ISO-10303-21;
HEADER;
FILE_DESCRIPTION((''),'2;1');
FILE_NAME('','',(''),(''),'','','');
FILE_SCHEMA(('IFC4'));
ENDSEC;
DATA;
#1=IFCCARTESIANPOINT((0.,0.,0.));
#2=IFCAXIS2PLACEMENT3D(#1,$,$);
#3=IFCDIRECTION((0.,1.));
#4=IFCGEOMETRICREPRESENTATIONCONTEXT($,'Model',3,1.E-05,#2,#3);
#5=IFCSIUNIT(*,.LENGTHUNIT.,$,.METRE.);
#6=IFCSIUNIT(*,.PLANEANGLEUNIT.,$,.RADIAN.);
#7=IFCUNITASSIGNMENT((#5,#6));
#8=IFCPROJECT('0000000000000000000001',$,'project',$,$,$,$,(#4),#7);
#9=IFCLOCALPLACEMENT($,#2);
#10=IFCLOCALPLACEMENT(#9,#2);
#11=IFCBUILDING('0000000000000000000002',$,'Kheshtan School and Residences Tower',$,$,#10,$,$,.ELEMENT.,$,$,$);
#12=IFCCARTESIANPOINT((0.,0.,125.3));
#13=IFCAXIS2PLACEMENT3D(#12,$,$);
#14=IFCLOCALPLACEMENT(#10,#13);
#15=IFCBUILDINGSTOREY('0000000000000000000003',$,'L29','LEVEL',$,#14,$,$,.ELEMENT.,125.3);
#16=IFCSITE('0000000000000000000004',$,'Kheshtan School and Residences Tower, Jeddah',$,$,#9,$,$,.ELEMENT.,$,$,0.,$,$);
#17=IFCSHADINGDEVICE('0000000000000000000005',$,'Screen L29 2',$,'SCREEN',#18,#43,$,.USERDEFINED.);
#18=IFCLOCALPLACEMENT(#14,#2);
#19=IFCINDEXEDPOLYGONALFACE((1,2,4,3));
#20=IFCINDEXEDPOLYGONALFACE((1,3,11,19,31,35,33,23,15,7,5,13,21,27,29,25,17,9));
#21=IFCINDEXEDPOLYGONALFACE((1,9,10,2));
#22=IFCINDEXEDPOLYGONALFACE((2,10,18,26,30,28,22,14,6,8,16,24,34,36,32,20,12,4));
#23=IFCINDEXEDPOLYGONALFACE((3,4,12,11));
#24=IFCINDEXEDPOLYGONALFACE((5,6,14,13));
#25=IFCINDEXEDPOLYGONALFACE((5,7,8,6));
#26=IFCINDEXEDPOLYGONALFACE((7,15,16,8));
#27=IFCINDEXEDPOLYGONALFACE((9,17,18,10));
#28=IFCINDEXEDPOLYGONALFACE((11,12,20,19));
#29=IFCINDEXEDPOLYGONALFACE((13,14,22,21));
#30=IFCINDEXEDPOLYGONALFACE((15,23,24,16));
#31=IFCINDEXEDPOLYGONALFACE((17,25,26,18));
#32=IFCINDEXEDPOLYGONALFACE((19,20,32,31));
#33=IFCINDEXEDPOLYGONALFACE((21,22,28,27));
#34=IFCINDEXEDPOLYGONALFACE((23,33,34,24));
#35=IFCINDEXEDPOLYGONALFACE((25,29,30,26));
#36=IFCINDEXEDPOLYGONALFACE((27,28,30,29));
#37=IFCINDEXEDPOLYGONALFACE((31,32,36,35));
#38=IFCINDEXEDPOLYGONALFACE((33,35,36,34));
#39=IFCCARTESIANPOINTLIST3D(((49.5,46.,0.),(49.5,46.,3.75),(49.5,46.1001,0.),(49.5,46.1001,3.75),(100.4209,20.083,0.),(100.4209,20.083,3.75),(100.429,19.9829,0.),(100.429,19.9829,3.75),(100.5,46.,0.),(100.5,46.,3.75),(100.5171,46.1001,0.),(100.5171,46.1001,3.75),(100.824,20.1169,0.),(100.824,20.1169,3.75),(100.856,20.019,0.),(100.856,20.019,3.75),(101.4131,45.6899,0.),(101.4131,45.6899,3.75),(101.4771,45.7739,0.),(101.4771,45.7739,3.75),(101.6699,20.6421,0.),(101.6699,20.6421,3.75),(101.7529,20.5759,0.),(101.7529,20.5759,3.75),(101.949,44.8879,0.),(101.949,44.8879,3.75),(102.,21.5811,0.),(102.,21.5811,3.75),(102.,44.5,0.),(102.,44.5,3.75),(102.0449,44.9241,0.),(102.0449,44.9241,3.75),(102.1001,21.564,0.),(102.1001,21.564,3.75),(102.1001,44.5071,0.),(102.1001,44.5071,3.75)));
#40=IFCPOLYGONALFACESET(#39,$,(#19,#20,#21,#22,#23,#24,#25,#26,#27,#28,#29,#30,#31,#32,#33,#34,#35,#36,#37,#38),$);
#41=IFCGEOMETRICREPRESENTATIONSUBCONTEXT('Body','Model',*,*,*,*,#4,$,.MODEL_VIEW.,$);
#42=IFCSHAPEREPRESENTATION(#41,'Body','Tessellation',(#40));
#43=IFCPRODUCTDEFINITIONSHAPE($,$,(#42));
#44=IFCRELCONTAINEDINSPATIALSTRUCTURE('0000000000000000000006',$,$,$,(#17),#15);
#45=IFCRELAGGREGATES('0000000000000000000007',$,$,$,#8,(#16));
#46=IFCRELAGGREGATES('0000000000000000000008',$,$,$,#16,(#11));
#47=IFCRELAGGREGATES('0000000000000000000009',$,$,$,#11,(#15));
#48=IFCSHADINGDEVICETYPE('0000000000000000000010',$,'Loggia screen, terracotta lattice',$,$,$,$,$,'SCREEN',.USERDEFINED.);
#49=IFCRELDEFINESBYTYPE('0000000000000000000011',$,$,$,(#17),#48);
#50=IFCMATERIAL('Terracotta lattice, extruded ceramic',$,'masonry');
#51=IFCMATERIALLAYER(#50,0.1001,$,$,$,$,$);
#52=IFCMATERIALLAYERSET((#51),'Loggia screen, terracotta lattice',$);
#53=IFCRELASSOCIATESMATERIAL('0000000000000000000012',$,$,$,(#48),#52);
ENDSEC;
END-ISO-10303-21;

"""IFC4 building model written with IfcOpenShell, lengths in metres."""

from ifc_helpers import new_model, si_unit, direction, frame, origin, place, context, subcontext, project, spatial, polyline, outline, extrude, material, layer, layer_set, type_object, element, save


model = new_model("IFC4")

# Units and contexts
model_context = context("Model", 3, precision=1e-05, world=origin(), true_north=direction((0.0, 1.0)))
body_context = subcontext(model_context, "Body", "Model", "MODEL_VIEW")
ifc_project = project(units=[si_unit("LENGTHUNIT", "METRE"), si_unit("PLANEANGLEUNIT", "RADIAN")], contexts=[model_context])

# Site, building, storey
site_placement = place(None, origin())
site = spatial("IfcSite", under=ifc_project, at=site_placement, Name="Kheshtan School and Residences Tower, Jeddah", CompositionType="ELEMENT", RefElevation=0.0)
building_placement = place(site_placement, origin())
building = spatial("IfcBuilding", under=site, at=building_placement, Name="Kheshtan School and Residences Tower", CompositionType="ELEMENT")
storey_placement = place(building_placement, frame((0.0, 0.0, 125.3)))
storey = spatial("IfcBuildingStorey", under=building, at=storey_placement, Name="L29", Description="LEVEL", CompositionType="ELEMENT", Elevation=125.3)

# Shading device
ifc_material_1 = material(Name="Terracotta lattice, extruded ceramic", Category="masonry")
ifc_layer_1 = layer(ifc_material_1, 0.1001)
ifc_layer_set_1 = layer_set([ifc_layer_1], Name="Loggia screen, terracotta lattice")
shading_device_type_1 = type_object("IfcShadingDeviceType", Name="Loggia screen, terracotta lattice", ElementType="SCREEN", PredefinedType="USERDEFINED", material=ifc_layer_set_1)
shading_device_1_placement = place(storey_placement, origin())
element("IfcShadingDevice", 1, at=shading_device_1_placement, inside=storey, type_object=shading_device_type_1, Name="Screen L29 2", ObjectType="SCREEN", PredefinedType="USERDEFINED", context=body_context, shape_type="SweptSolid", body=[
    extrude(outline(polyline([(49.5, 46.0), (100.5, 46.0), (101.4131, 45.6899), (101.949, 44.8879), (102.0, 44.5), (102.0, 21.5811), (101.6699, 20.6421), (100.824, 20.1169), (100.4209, 20.083), (100.429, 19.9829), (100.856, 20.019), (101.7529, 20.5759), (102.1001, 21.564), (102.1001, 44.5071), (102.0449, 44.9241), (101.4771, 45.7739), (100.5171, 46.1001), (49.5, 46.1001), (49.5, 46.0)])), origin(), (0.0, 0.0, 1.0), 3.75),
])

save(model, "model.ifc")
